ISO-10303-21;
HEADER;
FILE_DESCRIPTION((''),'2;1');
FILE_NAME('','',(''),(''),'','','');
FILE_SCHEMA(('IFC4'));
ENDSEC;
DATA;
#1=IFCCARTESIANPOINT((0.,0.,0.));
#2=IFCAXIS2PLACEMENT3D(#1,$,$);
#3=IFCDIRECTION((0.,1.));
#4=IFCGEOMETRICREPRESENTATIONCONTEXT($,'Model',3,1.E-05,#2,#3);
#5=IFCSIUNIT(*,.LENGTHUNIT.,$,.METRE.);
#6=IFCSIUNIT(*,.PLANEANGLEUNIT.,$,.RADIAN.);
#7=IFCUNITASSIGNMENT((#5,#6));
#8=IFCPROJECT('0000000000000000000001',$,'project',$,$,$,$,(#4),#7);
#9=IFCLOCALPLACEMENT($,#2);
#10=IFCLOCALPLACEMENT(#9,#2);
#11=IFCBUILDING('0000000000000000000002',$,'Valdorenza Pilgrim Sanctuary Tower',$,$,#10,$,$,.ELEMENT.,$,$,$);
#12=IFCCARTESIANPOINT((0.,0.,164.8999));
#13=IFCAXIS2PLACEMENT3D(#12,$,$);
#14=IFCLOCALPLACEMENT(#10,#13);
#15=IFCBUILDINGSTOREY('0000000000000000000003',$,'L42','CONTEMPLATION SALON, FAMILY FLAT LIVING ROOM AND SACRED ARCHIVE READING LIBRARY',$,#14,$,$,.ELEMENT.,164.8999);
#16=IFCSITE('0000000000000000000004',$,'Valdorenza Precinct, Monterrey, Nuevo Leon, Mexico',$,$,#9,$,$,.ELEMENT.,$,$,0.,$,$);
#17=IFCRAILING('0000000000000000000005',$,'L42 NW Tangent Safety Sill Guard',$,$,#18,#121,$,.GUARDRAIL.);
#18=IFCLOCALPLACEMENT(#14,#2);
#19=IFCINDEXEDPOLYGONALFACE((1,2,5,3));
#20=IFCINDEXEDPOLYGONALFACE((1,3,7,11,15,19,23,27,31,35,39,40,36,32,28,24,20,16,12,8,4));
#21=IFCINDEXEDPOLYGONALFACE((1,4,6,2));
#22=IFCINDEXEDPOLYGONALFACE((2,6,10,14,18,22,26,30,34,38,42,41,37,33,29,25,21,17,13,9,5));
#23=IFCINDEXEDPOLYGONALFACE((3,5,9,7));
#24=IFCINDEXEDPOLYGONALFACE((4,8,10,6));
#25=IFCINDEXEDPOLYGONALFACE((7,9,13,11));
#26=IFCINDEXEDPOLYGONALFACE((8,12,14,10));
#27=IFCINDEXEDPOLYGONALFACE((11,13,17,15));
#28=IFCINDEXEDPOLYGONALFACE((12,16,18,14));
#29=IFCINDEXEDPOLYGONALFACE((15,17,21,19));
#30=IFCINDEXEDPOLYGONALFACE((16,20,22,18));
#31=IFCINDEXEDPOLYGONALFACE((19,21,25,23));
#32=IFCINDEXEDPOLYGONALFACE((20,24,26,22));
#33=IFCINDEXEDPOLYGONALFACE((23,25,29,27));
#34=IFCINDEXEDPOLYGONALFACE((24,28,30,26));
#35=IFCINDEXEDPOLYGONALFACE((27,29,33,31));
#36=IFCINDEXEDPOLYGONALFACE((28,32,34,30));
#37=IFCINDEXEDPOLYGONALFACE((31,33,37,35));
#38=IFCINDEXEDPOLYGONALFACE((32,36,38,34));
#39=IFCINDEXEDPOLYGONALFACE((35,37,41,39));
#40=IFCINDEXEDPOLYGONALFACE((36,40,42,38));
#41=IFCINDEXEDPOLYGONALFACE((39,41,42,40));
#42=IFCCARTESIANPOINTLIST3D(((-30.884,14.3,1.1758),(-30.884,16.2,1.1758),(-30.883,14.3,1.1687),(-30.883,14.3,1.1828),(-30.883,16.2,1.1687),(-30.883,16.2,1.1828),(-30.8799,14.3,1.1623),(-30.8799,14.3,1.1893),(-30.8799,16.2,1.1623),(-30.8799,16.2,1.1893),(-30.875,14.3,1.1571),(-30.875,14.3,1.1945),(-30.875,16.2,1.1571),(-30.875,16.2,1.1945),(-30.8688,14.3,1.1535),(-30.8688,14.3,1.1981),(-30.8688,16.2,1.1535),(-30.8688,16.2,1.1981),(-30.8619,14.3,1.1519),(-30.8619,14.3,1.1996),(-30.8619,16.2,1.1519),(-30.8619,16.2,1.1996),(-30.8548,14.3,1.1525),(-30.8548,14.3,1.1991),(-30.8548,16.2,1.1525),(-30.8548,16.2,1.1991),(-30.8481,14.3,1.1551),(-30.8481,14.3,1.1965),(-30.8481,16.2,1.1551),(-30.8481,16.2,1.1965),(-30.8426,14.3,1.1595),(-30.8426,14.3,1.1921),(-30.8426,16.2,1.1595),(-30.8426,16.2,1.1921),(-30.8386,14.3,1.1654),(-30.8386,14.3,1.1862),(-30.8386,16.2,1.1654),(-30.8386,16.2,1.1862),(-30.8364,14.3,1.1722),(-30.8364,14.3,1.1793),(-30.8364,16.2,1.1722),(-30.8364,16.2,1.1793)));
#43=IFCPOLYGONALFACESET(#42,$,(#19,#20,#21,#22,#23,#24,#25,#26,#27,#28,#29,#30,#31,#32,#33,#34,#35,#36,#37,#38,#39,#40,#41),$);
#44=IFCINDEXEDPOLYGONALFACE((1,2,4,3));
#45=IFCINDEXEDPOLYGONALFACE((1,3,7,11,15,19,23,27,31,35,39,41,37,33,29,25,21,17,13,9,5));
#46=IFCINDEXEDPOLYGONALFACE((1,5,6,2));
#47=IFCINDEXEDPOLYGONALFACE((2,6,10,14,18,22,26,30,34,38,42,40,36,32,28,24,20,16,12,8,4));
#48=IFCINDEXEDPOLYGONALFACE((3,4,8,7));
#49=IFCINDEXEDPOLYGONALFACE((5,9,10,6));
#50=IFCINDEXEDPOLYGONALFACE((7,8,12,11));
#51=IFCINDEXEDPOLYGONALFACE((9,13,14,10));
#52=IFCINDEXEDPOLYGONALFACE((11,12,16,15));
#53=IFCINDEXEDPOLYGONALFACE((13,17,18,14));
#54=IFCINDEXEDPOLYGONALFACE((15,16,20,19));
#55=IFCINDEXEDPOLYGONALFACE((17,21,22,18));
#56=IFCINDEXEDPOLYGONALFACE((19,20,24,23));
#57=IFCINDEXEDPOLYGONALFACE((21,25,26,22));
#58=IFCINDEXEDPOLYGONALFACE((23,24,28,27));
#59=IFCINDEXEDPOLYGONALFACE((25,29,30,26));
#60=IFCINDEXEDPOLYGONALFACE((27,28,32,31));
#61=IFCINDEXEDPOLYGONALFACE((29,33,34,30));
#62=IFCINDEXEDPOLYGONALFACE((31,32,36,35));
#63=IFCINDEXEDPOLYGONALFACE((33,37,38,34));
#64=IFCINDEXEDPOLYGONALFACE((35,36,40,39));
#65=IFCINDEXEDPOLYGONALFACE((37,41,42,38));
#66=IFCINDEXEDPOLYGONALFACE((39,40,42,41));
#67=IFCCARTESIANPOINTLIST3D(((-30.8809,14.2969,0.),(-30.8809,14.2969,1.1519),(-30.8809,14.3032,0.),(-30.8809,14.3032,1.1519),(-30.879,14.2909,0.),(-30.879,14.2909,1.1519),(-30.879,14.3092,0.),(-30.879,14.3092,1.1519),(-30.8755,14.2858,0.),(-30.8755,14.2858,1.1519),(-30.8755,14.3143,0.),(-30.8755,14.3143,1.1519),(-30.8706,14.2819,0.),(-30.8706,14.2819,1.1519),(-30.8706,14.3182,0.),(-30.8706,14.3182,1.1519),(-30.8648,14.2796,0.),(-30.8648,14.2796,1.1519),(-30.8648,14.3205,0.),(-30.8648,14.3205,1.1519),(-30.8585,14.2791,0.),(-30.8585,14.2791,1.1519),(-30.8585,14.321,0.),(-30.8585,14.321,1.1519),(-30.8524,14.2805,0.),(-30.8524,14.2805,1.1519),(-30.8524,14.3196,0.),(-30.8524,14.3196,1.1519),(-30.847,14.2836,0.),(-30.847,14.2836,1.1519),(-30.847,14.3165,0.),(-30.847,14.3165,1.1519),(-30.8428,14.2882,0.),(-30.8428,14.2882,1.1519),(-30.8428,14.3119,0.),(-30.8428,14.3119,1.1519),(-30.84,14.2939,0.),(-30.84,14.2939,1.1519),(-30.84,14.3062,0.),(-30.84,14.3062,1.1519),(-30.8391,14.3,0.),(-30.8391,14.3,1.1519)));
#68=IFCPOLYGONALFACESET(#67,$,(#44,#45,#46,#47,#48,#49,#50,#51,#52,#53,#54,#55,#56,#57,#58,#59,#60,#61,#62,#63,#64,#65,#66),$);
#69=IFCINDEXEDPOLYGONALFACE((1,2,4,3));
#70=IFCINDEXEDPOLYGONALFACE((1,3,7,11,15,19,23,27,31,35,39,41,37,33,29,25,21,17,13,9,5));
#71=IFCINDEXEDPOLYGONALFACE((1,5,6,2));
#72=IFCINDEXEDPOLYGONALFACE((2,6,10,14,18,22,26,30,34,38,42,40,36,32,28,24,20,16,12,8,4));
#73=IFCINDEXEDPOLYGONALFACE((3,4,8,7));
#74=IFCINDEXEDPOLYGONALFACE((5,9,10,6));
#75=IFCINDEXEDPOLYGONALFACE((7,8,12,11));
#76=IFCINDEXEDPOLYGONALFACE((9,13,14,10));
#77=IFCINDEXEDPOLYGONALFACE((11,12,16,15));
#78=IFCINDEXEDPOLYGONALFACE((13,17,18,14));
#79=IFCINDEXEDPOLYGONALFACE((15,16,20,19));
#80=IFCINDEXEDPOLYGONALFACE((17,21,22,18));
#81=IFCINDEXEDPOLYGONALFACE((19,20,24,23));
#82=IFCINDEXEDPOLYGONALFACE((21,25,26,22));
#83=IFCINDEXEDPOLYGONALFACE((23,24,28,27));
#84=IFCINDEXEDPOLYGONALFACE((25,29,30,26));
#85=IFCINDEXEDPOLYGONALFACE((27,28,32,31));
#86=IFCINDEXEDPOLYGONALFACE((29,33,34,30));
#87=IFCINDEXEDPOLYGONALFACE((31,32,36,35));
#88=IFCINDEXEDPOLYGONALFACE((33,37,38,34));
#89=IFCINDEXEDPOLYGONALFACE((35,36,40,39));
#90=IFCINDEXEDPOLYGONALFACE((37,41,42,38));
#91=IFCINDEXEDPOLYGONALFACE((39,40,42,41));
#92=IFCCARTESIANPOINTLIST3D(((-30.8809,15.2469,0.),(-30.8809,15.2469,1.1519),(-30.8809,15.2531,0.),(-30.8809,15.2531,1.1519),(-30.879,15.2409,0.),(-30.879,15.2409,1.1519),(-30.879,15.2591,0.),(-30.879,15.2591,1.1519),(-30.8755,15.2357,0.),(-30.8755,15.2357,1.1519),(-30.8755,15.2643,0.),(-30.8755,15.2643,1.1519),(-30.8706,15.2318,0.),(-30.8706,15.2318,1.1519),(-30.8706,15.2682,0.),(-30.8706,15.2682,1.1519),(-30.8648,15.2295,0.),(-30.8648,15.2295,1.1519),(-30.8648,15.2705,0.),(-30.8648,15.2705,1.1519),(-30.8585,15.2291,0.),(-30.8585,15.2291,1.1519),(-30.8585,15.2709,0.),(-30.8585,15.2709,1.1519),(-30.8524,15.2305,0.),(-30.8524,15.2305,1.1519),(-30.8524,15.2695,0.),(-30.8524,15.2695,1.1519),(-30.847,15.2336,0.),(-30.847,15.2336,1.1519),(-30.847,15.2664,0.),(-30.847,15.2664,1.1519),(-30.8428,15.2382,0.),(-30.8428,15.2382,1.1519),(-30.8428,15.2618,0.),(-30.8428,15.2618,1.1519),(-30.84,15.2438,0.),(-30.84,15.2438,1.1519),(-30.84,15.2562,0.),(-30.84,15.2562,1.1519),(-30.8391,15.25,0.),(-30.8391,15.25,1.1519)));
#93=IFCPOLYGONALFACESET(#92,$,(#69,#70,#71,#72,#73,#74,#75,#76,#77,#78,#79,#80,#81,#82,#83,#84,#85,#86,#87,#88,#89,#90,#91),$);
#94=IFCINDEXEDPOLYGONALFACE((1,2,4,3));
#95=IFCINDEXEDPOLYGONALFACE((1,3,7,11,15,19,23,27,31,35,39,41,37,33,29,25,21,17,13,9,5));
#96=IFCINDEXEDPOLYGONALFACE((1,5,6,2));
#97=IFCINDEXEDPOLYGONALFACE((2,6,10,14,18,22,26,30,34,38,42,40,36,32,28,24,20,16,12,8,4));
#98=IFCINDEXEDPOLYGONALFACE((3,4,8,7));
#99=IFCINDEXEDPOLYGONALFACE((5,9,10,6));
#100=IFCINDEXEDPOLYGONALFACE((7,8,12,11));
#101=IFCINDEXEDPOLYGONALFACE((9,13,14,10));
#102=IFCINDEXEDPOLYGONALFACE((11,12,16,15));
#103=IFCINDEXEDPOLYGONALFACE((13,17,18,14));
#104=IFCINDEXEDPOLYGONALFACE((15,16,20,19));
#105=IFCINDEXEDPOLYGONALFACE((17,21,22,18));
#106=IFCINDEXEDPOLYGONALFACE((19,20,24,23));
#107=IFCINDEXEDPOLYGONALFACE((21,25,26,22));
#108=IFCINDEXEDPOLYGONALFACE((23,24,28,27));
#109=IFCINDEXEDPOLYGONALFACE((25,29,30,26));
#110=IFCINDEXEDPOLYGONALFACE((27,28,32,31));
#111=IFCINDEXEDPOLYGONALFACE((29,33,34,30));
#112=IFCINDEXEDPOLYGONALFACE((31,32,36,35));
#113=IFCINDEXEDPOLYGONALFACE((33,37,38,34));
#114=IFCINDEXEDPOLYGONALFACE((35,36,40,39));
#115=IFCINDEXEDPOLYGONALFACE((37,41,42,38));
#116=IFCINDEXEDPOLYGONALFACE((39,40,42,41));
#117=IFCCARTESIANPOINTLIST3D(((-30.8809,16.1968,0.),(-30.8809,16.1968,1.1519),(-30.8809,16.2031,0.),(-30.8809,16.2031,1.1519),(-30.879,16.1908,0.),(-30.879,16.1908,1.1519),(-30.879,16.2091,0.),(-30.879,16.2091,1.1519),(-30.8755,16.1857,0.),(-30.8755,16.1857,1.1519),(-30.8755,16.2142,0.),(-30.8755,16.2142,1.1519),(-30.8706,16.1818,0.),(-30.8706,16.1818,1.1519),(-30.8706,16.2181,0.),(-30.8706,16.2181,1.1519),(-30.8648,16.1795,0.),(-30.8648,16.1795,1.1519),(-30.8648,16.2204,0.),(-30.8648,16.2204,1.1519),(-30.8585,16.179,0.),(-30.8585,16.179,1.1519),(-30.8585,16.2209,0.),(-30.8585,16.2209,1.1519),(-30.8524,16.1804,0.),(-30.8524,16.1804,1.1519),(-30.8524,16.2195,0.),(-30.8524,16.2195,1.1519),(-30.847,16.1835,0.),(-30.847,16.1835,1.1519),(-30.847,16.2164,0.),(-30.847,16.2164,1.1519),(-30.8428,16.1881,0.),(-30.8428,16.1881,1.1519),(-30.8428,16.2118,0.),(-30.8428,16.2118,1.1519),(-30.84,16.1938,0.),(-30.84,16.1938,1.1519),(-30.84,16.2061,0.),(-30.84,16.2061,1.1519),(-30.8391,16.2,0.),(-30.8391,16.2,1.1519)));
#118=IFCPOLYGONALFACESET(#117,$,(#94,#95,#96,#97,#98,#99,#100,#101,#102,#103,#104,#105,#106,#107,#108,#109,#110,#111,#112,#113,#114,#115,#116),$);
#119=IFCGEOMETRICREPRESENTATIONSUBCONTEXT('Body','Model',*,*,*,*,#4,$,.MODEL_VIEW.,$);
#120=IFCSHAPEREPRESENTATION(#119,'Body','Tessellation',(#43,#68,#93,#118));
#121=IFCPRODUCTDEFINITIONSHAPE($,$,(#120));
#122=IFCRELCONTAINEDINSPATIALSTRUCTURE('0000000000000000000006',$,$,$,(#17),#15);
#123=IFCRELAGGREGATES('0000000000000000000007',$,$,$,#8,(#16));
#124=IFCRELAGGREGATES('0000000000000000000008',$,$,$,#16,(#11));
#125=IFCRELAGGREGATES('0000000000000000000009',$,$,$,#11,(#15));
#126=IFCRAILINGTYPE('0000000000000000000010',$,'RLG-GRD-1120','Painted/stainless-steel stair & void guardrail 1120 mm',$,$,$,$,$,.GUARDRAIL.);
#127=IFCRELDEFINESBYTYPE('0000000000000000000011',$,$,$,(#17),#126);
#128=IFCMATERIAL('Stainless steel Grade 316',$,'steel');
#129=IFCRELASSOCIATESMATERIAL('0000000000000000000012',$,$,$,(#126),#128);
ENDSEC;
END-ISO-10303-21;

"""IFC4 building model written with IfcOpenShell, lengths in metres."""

from ifc_helpers import new_model, si_unit, direction, frame, origin, origin_2d, place, context, subcontext, project, spatial, circle, extrude, material, type_object, element, save


model = new_model("IFC4")

# Units and contexts
model_context = context("Model", 3, precision=1e-05, world=origin(), true_north=direction((0.0, 1.0)))
body_context = subcontext(model_context, "Body", "Model", "MODEL_VIEW")
ifc_project = project(units=[si_unit("LENGTHUNIT", "METRE"), si_unit("PLANEANGLEUNIT", "RADIAN")], contexts=[model_context])

# Site, building, storey
site_placement = place(None, origin())
site = spatial("IfcSite", under=ifc_project, at=site_placement, Name="Valdorenza Precinct, Monterrey, Nuevo Leon, Mexico", CompositionType="ELEMENT", RefElevation=0.0)
building_placement = place(site_placement, origin())
building = spatial("IfcBuilding", under=site, at=building_placement, Name="Valdorenza Pilgrim Sanctuary Tower", CompositionType="ELEMENT")
storey_placement = place(building_placement, frame((0.0, 0.0, 164.8999)))
storey = spatial("IfcBuildingStorey", under=building, at=storey_placement, Name="L42", Description="CONTEMPLATION SALON, FAMILY FLAT LIVING ROOM AND SACRED ARCHIVE READING LIBRARY", CompositionType="ELEMENT", Elevation=164.8999)

# Railing
ifc_material_1 = material(Name="Stainless steel Grade 316", Category="steel")
railing_type = type_object("IfcRailingType", Name="RLG-GRD-1120", Description="Painted/stainless-steel stair & void guardrail 1120 mm", PredefinedType="GUARDRAIL", material=ifc_material_1)
railing_placement = place(storey_placement, frame((-30.8601, 14.3, 0.0)))
element("IfcRailing", 1, at=railing_placement, inside=storey, type_object=railing_type, Name="L42 NW Tangent Safety Sill Guard", PredefinedType="GUARDRAIL", context=body_context, shape_type="SweptSolid", body=[
    extrude(circle(Radius=0.0239, at=origin_2d()), frame((0.0, 0.0, 1.1758), z_axis=(0.0, 1.0, 0.0), x_axis=(-1.0, 0.0, 0.0)), (0.0, 0.0, 1.0), 1.8999),
    extrude(circle(Radius=0.021, at=origin_2d()), origin(), (0.0, 0.0, 1.0), 1.1519),
    extrude(circle(Radius=0.021, at=origin_2d()), frame((0.0, 0.95, 0.0)), (0.0, 0.0, 1.0), 1.1519),
    extrude(circle(Radius=0.021, at=origin_2d()), frame((0.0, 1.8999, 0.0)), (0.0, 0.0, 1.0), 1.1519),
])

save(model, "model.ifc")
